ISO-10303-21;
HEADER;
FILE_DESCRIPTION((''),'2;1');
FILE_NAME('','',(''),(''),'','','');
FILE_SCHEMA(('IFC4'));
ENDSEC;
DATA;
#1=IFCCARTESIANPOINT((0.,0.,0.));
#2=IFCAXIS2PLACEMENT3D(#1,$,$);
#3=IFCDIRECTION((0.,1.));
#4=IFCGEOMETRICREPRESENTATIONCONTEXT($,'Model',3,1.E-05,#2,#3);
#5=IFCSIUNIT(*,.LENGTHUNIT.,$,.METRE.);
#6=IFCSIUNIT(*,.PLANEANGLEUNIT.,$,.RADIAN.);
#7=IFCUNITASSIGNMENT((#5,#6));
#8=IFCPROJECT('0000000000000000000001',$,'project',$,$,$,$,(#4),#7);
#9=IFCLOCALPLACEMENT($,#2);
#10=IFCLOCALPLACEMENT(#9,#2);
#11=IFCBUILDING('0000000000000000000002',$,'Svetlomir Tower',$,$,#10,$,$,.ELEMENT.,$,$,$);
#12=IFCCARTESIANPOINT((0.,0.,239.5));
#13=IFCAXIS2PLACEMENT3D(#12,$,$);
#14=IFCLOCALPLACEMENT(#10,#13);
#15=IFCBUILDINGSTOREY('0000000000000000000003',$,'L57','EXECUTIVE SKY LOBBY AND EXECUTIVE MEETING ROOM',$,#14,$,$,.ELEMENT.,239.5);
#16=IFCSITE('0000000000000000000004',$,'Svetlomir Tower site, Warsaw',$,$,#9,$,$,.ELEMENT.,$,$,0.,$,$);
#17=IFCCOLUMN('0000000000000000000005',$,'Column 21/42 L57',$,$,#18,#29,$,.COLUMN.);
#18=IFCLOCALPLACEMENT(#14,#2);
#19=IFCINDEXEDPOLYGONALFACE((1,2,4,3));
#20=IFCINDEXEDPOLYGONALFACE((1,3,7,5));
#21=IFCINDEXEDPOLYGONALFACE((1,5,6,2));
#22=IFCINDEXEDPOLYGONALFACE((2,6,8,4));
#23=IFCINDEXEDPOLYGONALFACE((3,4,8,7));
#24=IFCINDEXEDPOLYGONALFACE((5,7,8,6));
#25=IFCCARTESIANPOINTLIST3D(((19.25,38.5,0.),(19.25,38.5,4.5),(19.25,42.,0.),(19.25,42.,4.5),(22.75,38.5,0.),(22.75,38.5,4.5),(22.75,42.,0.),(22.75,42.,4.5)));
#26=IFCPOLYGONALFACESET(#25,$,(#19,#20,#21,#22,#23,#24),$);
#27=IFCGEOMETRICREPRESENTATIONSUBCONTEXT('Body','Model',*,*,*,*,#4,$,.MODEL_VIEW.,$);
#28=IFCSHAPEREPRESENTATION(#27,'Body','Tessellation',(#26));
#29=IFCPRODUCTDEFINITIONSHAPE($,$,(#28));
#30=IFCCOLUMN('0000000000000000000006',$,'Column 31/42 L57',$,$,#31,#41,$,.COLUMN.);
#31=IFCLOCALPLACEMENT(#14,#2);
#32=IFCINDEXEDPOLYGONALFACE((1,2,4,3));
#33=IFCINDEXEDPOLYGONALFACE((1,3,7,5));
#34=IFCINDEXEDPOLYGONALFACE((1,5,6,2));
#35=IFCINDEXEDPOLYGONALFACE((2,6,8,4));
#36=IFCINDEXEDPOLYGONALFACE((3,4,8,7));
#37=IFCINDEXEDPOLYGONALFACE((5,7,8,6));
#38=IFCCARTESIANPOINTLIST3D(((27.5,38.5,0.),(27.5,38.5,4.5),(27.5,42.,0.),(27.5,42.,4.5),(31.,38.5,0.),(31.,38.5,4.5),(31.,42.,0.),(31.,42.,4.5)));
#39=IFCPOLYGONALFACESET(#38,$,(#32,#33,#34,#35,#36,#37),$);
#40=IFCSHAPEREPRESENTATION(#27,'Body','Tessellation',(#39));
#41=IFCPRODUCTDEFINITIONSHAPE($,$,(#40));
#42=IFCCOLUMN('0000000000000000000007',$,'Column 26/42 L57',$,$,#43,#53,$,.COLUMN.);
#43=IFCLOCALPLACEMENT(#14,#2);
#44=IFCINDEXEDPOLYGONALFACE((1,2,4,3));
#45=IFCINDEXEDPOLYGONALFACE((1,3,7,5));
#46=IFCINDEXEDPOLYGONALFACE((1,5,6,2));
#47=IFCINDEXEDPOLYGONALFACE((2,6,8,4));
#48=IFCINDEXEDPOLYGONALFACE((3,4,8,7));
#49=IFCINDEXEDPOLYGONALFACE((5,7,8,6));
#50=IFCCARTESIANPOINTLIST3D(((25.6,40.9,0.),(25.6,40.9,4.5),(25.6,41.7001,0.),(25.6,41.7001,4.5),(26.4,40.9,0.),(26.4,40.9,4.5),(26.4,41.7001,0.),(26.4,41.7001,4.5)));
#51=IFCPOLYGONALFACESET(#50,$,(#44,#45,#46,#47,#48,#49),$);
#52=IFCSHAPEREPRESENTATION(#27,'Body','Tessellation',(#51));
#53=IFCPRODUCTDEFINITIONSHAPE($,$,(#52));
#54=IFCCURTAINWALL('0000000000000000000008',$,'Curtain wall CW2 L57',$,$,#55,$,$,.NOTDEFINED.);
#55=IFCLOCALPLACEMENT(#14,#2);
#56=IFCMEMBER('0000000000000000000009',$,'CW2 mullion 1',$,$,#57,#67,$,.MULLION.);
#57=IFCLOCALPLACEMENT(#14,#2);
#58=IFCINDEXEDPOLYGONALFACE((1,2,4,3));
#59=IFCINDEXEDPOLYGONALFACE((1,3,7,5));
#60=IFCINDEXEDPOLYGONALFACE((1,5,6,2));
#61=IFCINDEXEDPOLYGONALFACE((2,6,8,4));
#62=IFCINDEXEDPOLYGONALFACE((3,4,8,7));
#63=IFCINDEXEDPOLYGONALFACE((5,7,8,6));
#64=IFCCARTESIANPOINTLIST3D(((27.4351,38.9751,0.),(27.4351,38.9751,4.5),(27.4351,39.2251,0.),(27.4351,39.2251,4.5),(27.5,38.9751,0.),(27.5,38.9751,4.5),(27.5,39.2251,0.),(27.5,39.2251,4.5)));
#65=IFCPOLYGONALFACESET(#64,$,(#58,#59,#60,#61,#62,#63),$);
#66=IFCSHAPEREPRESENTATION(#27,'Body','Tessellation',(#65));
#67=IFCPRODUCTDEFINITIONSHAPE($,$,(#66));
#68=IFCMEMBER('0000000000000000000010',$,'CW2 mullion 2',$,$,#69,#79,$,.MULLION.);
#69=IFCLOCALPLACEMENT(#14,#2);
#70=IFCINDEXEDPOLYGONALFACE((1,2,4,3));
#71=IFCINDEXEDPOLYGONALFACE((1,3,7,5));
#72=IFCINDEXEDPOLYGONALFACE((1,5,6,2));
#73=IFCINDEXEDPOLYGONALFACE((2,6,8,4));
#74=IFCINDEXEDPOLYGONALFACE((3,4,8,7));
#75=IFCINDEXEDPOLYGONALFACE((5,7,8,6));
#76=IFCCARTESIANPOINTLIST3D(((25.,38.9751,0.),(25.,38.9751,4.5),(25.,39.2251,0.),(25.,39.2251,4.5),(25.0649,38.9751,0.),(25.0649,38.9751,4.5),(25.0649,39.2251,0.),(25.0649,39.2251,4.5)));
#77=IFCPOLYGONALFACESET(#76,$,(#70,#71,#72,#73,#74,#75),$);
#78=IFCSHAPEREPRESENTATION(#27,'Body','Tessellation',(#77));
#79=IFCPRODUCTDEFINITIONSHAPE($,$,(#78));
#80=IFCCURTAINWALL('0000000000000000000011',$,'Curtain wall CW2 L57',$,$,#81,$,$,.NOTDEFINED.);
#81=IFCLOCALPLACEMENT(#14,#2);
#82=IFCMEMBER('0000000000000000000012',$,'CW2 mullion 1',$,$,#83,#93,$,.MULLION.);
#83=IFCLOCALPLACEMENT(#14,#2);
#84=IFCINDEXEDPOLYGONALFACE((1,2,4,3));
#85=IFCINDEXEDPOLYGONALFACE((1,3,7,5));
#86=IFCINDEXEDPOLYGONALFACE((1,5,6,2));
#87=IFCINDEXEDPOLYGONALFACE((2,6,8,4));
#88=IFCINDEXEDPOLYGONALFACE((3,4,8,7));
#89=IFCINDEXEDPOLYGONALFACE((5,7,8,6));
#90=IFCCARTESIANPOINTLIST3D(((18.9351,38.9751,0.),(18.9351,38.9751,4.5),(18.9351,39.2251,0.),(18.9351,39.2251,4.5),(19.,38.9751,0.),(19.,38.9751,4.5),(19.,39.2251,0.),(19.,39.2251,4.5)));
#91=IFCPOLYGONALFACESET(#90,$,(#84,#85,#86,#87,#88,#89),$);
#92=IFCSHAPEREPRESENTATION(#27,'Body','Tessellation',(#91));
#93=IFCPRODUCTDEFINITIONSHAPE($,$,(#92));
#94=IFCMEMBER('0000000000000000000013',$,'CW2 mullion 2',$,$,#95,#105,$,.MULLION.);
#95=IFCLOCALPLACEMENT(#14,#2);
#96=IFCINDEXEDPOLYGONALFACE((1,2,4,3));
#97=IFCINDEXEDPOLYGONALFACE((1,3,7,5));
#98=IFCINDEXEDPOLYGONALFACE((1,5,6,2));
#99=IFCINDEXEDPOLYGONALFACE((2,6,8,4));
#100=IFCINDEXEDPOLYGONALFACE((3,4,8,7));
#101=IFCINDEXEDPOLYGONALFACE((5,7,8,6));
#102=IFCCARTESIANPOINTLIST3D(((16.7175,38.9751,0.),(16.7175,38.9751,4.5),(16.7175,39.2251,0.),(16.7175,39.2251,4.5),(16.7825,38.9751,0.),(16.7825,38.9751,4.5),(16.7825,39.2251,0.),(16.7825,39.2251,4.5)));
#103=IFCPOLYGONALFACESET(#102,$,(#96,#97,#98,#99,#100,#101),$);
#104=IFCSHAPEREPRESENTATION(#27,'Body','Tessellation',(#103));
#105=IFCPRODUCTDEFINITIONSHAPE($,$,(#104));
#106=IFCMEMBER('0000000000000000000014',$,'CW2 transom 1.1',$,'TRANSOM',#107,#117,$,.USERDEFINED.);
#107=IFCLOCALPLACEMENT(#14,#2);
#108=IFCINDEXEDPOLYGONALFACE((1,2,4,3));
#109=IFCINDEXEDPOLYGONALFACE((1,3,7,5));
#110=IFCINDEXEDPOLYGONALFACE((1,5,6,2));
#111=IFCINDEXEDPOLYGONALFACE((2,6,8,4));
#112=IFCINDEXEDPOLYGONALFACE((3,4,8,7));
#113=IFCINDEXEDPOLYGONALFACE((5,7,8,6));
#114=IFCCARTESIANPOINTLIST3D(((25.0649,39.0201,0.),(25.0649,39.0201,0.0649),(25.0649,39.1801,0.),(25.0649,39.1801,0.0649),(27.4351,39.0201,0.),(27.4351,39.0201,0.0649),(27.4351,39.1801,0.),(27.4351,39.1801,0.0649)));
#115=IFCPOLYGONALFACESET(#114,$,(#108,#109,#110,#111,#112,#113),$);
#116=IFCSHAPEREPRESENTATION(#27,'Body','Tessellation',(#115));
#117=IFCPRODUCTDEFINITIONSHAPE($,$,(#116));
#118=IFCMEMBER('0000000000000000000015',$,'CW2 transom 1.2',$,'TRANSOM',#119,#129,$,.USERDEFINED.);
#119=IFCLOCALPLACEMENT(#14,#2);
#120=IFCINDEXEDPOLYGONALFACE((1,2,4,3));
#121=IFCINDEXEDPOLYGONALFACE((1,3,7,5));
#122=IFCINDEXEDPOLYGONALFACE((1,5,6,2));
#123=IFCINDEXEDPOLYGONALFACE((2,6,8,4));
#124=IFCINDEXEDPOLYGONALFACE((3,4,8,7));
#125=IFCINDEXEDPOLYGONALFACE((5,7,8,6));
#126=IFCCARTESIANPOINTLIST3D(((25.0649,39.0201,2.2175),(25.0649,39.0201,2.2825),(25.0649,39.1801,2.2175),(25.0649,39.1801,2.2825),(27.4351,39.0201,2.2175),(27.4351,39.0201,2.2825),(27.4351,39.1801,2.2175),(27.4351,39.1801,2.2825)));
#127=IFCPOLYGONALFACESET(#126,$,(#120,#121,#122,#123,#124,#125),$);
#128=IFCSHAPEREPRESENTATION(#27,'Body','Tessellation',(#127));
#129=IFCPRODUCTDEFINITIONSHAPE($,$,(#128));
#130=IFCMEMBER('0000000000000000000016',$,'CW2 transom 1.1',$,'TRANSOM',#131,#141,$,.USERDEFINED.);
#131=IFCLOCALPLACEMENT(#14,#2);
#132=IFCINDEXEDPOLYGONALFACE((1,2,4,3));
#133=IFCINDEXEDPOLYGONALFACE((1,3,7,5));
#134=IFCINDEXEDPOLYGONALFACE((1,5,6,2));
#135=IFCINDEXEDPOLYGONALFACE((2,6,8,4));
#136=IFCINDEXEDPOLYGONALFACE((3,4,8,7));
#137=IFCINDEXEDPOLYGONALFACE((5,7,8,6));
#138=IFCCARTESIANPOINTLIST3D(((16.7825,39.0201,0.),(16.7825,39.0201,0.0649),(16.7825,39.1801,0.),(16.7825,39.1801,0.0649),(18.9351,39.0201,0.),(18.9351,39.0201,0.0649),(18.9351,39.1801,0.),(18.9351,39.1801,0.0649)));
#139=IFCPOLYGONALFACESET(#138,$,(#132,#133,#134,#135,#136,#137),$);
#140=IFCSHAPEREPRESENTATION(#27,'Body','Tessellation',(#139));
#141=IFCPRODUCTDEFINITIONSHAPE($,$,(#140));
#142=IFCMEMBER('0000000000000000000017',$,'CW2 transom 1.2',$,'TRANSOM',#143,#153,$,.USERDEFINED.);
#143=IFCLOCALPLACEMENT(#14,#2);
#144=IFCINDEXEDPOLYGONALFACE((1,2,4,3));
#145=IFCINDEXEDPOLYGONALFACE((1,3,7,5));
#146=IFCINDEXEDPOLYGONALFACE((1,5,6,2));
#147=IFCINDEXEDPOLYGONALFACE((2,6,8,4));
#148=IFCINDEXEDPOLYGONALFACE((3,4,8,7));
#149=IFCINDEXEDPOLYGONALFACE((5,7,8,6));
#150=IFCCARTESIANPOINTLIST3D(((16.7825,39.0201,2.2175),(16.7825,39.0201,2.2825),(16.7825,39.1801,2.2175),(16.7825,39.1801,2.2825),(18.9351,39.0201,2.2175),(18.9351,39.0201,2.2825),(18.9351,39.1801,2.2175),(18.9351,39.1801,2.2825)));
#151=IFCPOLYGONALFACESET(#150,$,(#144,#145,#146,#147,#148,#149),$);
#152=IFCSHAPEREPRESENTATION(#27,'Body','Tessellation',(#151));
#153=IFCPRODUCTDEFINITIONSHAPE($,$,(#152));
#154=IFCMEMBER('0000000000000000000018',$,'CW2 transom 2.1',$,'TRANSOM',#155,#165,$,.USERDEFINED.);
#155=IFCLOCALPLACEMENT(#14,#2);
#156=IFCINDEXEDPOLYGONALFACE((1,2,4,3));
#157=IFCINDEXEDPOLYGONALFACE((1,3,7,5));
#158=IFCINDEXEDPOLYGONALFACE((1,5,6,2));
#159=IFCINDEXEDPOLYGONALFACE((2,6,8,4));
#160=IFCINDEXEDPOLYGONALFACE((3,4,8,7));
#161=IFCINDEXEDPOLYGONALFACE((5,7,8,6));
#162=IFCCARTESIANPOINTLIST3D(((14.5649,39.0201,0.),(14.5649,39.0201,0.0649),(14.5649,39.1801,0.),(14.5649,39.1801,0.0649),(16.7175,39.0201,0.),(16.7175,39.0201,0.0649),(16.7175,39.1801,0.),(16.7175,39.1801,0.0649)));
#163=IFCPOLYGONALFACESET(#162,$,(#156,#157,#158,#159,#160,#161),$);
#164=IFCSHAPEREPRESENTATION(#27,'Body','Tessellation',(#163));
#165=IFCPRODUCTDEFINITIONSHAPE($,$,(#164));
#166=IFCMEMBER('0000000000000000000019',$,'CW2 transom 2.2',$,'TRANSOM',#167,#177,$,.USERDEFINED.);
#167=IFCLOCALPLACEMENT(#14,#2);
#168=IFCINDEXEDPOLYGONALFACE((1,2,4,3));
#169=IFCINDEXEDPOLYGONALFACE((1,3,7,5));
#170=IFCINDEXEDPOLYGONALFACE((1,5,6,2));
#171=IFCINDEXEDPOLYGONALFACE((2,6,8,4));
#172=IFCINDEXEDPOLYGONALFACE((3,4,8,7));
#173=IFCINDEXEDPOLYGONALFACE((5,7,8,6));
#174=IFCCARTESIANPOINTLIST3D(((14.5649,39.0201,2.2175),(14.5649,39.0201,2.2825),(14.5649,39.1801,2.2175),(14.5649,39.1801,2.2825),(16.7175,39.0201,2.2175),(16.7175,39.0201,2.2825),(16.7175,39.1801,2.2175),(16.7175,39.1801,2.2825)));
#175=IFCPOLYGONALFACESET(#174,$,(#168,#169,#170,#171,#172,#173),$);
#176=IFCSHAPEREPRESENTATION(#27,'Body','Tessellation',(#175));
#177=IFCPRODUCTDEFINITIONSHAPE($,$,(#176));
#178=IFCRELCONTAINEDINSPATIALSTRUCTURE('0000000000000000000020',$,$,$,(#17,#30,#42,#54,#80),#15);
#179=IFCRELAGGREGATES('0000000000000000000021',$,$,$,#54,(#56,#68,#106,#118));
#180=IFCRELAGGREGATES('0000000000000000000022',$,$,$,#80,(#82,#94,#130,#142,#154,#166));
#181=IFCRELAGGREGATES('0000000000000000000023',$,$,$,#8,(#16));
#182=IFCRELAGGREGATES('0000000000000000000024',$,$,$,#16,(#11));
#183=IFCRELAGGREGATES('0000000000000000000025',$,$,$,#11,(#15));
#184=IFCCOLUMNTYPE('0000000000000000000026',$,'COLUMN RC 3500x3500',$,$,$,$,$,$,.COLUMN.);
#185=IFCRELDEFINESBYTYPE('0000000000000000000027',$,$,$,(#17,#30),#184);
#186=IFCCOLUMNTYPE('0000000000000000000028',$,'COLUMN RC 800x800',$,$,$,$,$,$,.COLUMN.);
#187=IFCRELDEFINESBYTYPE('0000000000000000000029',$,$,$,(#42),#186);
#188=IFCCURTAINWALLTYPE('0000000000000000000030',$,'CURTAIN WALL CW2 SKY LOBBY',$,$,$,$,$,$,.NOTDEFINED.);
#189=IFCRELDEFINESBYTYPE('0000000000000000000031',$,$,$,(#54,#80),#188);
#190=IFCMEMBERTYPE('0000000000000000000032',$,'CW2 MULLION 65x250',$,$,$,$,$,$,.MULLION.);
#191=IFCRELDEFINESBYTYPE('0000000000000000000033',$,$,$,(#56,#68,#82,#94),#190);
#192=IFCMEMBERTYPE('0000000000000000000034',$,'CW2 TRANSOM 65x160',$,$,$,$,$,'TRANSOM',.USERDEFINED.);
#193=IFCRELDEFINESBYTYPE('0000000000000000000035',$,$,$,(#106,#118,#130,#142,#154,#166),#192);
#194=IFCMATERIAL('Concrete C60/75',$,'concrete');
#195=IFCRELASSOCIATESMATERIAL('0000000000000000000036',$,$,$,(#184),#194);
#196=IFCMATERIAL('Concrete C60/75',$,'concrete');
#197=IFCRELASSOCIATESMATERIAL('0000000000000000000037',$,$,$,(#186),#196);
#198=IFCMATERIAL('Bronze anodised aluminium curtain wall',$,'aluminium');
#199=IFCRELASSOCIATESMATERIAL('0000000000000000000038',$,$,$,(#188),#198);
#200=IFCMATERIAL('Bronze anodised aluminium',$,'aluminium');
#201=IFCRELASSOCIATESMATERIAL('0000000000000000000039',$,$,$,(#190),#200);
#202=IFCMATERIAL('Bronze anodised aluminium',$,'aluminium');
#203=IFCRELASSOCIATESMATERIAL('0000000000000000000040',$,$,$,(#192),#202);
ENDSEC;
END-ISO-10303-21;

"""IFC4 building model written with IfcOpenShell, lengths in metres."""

from ifc_helpers import new_model, si_unit, direction, frame, origin, origin_2d, place, context, subcontext, project, spatial, rectangle, extrude, material, material_profile, profile_set, type_object, element, aggregate, save


model = new_model("IFC4")

# Units and contexts
model_context = context("Model", 3, precision=1e-05, world=origin(), true_north=direction((0.0, 1.0)))
body_context = subcontext(model_context, "Body", "Model", "MODEL_VIEW")
ifc_project = project(units=[si_unit("LENGTHUNIT", "METRE"), si_unit("PLANEANGLEUNIT", "RADIAN")], contexts=[model_context])

# Site, building, storey
site_placement = place(None, origin())
site = spatial("IfcSite", under=ifc_project, at=site_placement, Name="Svetlomir Tower site, Warsaw", CompositionType="ELEMENT", RefElevation=0.0)
building_placement = place(site_placement, origin())
building = spatial("IfcBuilding", under=site, at=building_placement, Name="Svetlomir Tower", CompositionType="ELEMENT")
storey_placement = place(building_placement, frame((0.0, 0.0, 239.5)))
storey = spatial("IfcBuildingStorey", under=building, at=storey_placement, Name="L57", Description="EXECUTIVE SKY LOBBY AND EXECUTIVE MEETING ROOM", CompositionType="ELEMENT", Elevation=239.5)

# Columns
ifc_material_1 = material(Name="Concrete C60/75", Category="concrete")
ifc_material_profile_1 = material_profile(ifc_material_1, rectangle(XDim=3.5, YDim=3.5, at=origin_2d()), Name="RC 3500x3500")
ifc_profile_set_1 = profile_set([ifc_material_profile_1], Name="Concrete C60/75")
column_type_1 = type_object("IfcColumnType", Name="COLUMN RC 3500x3500", PredefinedType="COLUMN", material=ifc_profile_set_1)
for number, where, z_axis, x_axis, name in (
    (1, (21.0, 40.25, 0.0), (0.0, 0.0, 1.0), (1.0, 0.0, 0.0), "Column 21/42 L57"),
    (2, (29.25, 40.25, 0.0), (0.0, 0.0, 1.0), (1.0, 0.0, 0.0), "Column 31/42 L57"),
):
    element("IfcColumn", number, at=place(storey_placement, frame(where, z_axis=z_axis, x_axis=x_axis)), inside=storey, type_object=column_type_1, Name=name, PredefinedType="COLUMN", context=body_context, shape_type="SweptSolid", body=[
        extrude(rectangle(XDim=3.5, YDim=3.5, at=origin_2d()), origin(), (0.0, 0.0, 1.0), 4.5),
    ])
ifc_material_2 = material(Name="Concrete C60/75", Category="concrete")
ifc_material_profile_2 = material_profile(ifc_material_2, rectangle(XDim=0.8, YDim=0.8, at=origin_2d()), Name="RC 800x800")
ifc_profile_set_2 = profile_set([ifc_material_profile_2], Name="Concrete C60/75")
column_type_2 = type_object("IfcColumnType", Name="COLUMN RC 800x800", PredefinedType="COLUMN", material=ifc_profile_set_2)
column_placement = place(storey_placement, frame((26.0, 41.3, 0.0), z_axis=(0.0, 0.0, 1.0), x_axis=(1.0, 0.0, 0.0)))
element("IfcColumn", 3, at=column_placement, inside=storey, type_object=column_type_2, Name="Column 26/42 L57", PredefinedType="COLUMN", context=body_context, shape_type="SweptSolid", body=[
    extrude(rectangle(XDim=0.8, YDim=0.8, at=origin_2d()), origin(), (0.0, 0.0, 1.0), 4.5),
])

# Curtain walls, members
ifc_material_3 = material(Name="Bronze anodised aluminium curtain wall", Category="aluminium")
curtain_wall_type = type_object("IfcCurtainWallType", Name="CURTAIN WALL CW2 SKY LOBBY", PredefinedType="NOTDEFINED", material=ifc_material_3)
curtain_wall_1_placement = place(storey_placement, origin())
curtain_wall_1 = element("IfcCurtainWall", 4, at=curtain_wall_1_placement, inside=storey, type_object=curtain_wall_type, Name="Curtain wall CW2 L57", PredefinedType="NOTDEFINED")
ifc_material_4 = material(Name="Bronze anodised aluminium", Category="aluminium")
ifc_material_profile_3 = material_profile(ifc_material_4, rectangle(XDim=0.0649, YDim=0.25, at=origin_2d()), Name="AL 65x250")
ifc_profile_set_3 = profile_set([ifc_material_profile_3], Name="Bronze anodised aluminium 6063-T6")
member_type_1 = type_object("IfcMemberType", Name="CW2 MULLION 65x250", PredefinedType="MULLION", material=ifc_profile_set_3)
member_1_placement = place(storey_placement, frame((27.4675, 39.1001, 0.0), z_axis=(0.0, 0.0, 1.0), x_axis=(-1.0, 0.0, 0.0)))
member_1 = element("IfcMember", 5, at=member_1_placement, type_object=member_type_1, Name="CW2 mullion 1", PredefinedType="MULLION", context=body_context, shape_type="SweptSolid", body=[
    extrude(rectangle(XDim=0.0649, YDim=0.25, at=origin_2d()), origin(), (0.0, 0.0, 1.0), 4.5),
])
member_2_placement = place(storey_placement, frame((25.0325, 39.1001, 0.0), z_axis=(0.0, 0.0, 1.0), x_axis=(-1.0, 0.0, 0.0)))
member_2 = element("IfcMember", 6, at=member_2_placement, type_object=member_type_1, Name="CW2 mullion 2", PredefinedType="MULLION", context=body_context, shape_type="SweptSolid", body=[
    extrude(rectangle(XDim=0.0649, YDim=0.25, at=origin_2d()), origin(), (0.0, 0.0, 1.0), 4.5),
])
curtain_wall_2_placement = place(storey_placement, origin())
curtain_wall_2 = element("IfcCurtainWall", 7, at=curtain_wall_2_placement, inside=storey, type_object=curtain_wall_type, Name="Curtain wall CW2 L57", PredefinedType="NOTDEFINED")
member_3_placement = place(storey_placement, frame((18.9675, 39.1001, 0.0), z_axis=(0.0, 0.0, 1.0), x_axis=(-1.0, 0.0, 0.0)))
member_3 = element("IfcMember", 8, at=member_3_placement, type_object=member_type_1, Name="CW2 mullion 1", PredefinedType="MULLION", context=body_context, shape_type="SweptSolid", body=[
    extrude(rectangle(XDim=0.0649, YDim=0.25, at=origin_2d()), origin(), (0.0, 0.0, 1.0), 4.5),
])
member_4_placement = place(storey_placement, frame((16.75, 39.1001, 0.0), z_axis=(0.0, 0.0, 1.0), x_axis=(-1.0, 0.0, 0.0)))
member_4 = element("IfcMember", 9, at=member_4_placement, type_object=member_type_1, Name="CW2 mullion 2", PredefinedType="MULLION", context=body_context, shape_type="SweptSolid", body=[
    extrude(rectangle(XDim=0.0649, YDim=0.25, at=origin_2d()), origin(), (0.0, 0.0, 1.0), 4.5),
])

# Members
ifc_material_5 = material(Name="Bronze anodised aluminium", Category="aluminium")
ifc_material_profile_4 = material_profile(ifc_material_5, rectangle(XDim=0.1599, YDim=0.0649, at=origin_2d()), Name="AL 160x65")
ifc_profile_set_4 = profile_set([ifc_material_profile_4], Name="Bronze anodised aluminium 6063-T6")
member_type_2 = type_object("IfcMemberType", Name="CW2 TRANSOM 65x160", ElementType="TRANSOM", PredefinedType="USERDEFINED", material=ifc_profile_set_4)
member_5_placement = place(storey_placement, frame((27.4351, 39.1001, 0.0325), z_axis=(-1.0, 0.0, 0.0), x_axis=(0.0, -1.0, 0.0)))
member_5 = element("IfcMember", 10, at=member_5_placement, type_object=member_type_2, Name="CW2 transom 1.1", ObjectType="TRANSOM", PredefinedType="USERDEFINED", context=body_context, shape_type="SweptSolid", body=[
    extrude(rectangle(XDim=0.1599, YDim=0.0649, at=origin_2d()), origin(), (0.0, 0.0, 1.0), 2.3701),
])
member_6_placement = place(storey_placement, frame((27.4351, 39.1001, 2.25), z_axis=(-1.0, 0.0, 0.0), x_axis=(0.0, -1.0, 0.0)))
member_6 = element("IfcMember", 11, at=member_6_placement, type_object=member_type_2, Name="CW2 transom 1.2", ObjectType="TRANSOM", PredefinedType="USERDEFINED", context=body_context, shape_type="SweptSolid", body=[
    extrude(rectangle(XDim=0.1599, YDim=0.0649, at=origin_2d()), origin(), (0.0, 0.0, 1.0), 2.3701),
])
member_7_placement = place(storey_placement, frame((18.9351, 39.1001, 0.0325), z_axis=(-1.0, 0.0, 0.0), x_axis=(0.0, -1.0, 0.0)))
member_7 = element("IfcMember", 12, at=member_7_placement, type_object=member_type_2, Name="CW2 transom 1.1", ObjectType="TRANSOM", PredefinedType="USERDEFINED", context=body_context, shape_type="SweptSolid", body=[
    extrude(rectangle(XDim=0.1599, YDim=0.0649, at=origin_2d()), origin(), (0.0, 0.0, 1.0), 2.1526),
])
member_8_placement = place(storey_placement, frame((18.9351, 39.1001, 2.25), z_axis=(-1.0, 0.0, 0.0), x_axis=(0.0, -1.0, 0.0)))
member_8 = element("IfcMember", 13, at=member_8_placement, type_object=member_type_2, Name="CW2 transom 1.2", ObjectType="TRANSOM", PredefinedType="USERDEFINED", context=body_context, shape_type="SweptSolid", body=[
    extrude(rectangle(XDim=0.1599, YDim=0.0649, at=origin_2d()), origin(), (0.0, 0.0, 1.0), 2.1526),
])
member_9_placement = place(storey_placement, frame((16.7175, 39.1001, 0.0325), z_axis=(-1.0, 0.0, 0.0), x_axis=(0.0, -1.0, 0.0)))
member_9 = element("IfcMember", 14, at=member_9_placement, type_object=member_type_2, Name="CW2 transom 2.1", ObjectType="TRANSOM", PredefinedType="USERDEFINED", context=body_context, shape_type="SweptSolid", body=[
    extrude(rectangle(XDim=0.1599, YDim=0.0649, at=origin_2d()), origin(), (0.0, 0.0, 1.0), 2.1526),
])
member_10_placement = place(storey_placement, frame((16.7175, 39.1001, 2.25), z_axis=(-1.0, 0.0, 0.0), x_axis=(0.0, -1.0, 0.0)))
member_10 = element("IfcMember", 15, at=member_10_placement, type_object=member_type_2, Name="CW2 transom 2.2", ObjectType="TRANSOM", PredefinedType="USERDEFINED", context=body_context, shape_type="SweptSolid", body=[
    extrude(rectangle(XDim=0.1599, YDim=0.0649, at=origin_2d()), origin(), (0.0, 0.0, 1.0), 2.1526),
])

aggregate(curtain_wall_1, [member_1, member_2, member_5, member_6])
aggregate(curtain_wall_2, [member_3, member_4, member_7, member_8, member_9, member_10])

save(model, "model.ifc")
